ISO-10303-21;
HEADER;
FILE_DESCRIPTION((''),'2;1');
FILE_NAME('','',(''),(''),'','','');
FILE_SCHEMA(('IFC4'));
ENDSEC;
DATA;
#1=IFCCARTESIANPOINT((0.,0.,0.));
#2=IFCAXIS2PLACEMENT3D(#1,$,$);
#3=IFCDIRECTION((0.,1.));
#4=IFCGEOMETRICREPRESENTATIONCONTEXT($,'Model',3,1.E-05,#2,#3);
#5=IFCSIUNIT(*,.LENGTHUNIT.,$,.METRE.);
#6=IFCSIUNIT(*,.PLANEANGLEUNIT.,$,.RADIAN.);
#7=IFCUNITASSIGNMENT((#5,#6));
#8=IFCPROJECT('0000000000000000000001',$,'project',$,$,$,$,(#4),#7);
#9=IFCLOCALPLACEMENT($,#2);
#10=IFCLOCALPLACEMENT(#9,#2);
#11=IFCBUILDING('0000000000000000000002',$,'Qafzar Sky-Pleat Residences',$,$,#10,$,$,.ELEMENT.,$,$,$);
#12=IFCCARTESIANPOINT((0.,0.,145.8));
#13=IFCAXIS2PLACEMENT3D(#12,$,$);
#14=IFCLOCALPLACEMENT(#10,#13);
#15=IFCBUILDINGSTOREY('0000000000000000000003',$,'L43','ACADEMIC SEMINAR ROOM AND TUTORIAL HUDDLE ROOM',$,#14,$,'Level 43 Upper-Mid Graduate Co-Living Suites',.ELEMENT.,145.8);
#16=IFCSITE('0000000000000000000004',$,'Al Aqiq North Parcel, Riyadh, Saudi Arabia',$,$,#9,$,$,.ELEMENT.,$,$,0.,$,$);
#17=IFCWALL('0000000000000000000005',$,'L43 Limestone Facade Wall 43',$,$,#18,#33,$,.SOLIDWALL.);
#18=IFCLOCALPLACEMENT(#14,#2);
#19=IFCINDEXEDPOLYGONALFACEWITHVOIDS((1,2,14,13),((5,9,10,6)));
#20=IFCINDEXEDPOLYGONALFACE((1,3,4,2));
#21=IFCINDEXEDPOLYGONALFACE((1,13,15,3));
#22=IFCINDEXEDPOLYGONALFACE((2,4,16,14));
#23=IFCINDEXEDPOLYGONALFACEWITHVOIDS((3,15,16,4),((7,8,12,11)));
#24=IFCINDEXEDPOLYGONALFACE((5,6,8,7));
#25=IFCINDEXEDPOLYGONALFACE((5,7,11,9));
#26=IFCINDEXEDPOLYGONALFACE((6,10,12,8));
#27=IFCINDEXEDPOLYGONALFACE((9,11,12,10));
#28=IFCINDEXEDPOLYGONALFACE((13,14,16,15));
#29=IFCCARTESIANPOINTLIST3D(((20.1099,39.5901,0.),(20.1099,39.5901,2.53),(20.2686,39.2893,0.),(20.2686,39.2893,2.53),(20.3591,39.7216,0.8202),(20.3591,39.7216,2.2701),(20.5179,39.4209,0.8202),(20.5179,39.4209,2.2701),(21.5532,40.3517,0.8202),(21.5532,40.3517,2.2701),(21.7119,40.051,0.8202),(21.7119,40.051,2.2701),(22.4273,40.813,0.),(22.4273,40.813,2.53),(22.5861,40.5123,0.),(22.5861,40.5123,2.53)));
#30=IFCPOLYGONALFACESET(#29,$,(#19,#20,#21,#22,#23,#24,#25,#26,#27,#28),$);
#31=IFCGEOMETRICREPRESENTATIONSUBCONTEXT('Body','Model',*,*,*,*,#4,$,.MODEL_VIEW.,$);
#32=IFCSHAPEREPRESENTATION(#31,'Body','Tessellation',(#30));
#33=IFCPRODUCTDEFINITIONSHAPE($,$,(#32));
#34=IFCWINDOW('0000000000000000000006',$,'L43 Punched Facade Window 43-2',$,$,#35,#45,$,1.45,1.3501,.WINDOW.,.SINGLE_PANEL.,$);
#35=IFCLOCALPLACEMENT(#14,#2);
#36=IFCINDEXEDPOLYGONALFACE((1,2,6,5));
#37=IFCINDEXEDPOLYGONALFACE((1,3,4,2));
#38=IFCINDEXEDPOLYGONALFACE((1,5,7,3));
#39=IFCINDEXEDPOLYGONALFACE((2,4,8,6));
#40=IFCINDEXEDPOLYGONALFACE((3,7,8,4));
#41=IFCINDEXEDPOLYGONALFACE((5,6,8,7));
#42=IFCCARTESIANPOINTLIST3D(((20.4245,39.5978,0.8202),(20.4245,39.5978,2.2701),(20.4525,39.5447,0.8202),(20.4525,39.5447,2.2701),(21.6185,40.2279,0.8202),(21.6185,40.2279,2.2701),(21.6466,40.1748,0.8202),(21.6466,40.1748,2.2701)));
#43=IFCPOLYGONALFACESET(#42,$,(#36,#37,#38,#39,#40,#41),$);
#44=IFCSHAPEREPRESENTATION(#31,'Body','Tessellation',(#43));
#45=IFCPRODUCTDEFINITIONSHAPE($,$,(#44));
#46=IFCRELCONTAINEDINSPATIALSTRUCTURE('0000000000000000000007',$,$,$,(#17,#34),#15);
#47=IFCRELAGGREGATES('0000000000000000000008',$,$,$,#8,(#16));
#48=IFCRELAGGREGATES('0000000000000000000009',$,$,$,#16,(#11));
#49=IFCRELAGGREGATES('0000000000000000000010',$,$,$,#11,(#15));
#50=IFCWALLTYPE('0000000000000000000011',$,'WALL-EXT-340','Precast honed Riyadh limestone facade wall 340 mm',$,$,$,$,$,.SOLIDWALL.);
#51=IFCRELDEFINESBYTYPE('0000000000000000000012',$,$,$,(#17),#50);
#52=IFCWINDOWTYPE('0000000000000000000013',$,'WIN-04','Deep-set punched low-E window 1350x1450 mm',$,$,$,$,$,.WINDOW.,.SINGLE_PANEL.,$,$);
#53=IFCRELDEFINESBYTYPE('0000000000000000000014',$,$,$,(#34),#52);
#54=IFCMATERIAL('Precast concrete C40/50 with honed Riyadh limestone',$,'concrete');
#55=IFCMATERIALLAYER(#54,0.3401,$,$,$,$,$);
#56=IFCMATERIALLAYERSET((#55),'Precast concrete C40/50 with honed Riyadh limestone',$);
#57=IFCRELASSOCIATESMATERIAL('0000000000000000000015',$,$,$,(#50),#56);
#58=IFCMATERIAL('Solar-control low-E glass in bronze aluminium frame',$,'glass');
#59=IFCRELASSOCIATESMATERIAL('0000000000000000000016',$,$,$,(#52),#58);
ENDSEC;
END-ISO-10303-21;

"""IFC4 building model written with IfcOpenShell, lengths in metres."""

from ifc_helpers import new_model, si_unit, direction, frame, frame_2d, origin, place, context, subcontext, project, spatial, rectangle, extrude, source, transform, mapped, material, layer, layer_set, type_object, element, fill, save


model = new_model("IFC4")

# Units and contexts
model_context = context("Model", 3, precision=1e-05, world=origin(), true_north=direction((0.0, 1.0)))
body_context = subcontext(model_context, "Body", "Model", "MODEL_VIEW")
ifc_project = project(units=[si_unit("LENGTHUNIT", "METRE"), si_unit("PLANEANGLEUNIT", "RADIAN")], contexts=[model_context])

# Site, building, storey
site_placement = place(None, origin())
site = spatial("IfcSite", under=ifc_project, at=site_placement, Name="Al Aqiq North Parcel, Riyadh, Saudi Arabia", CompositionType="ELEMENT", RefElevation=0.0)
building_placement = place(site_placement, origin())
building = spatial("IfcBuilding", under=site, at=building_placement, Name="Qafzar Sky-Pleat Residences", CompositionType="ELEMENT")
storey_placement = place(building_placement, frame((0.0, 0.0, 145.8)))
storey = spatial("IfcBuildingStorey", under=building, at=storey_placement, Name="L43", Description="ACADEMIC SEMINAR ROOM AND TUTORIAL HUDDLE ROOM", LongName="Level 43 Upper-Mid Graduate Co-Living Suites", CompositionType="ELEMENT", Elevation=145.8)

# Wall, opening, window
ifc_material_1 = material(Name="Precast concrete C40/50 with honed Riyadh limestone", Category="concrete")
ifc_layer_1 = layer(ifc_material_1, 0.3401)
ifc_layer_set_1 = layer_set([ifc_layer_1], Name="Precast concrete C40/50 with honed Riyadh limestone")
wall_type_1 = type_object("IfcWallType", Name="WALL-EXT-340", Description="Precast honed Riyadh limestone facade wall 340 mm", PredefinedType="SOLIDWALL", material=ifc_layer_set_1)
ifc_material_2 = material(Name="Solar-control low-E glass in bronze aluminium frame", Category="glass")
window_type_1 = type_object("IfcWindowType", Name="WIN-04", Description="Deep-set punched low-E window 1350x1450 mm", PartitioningType="SINGLE_PANEL", PredefinedType="WINDOW", material=ifc_material_2)
shared_shape_1 = source(origin(), body_context, "Body", "SweptSolid", [
    extrude(rectangle(XDim=1.3501, YDim=1.45, at=frame_2d((0.675, 0.7251))), frame((0.0, 0.03, 0.0), z_axis=(0.0, -1.0, 0.0), x_axis=(1.0, 0.0, 0.0)), (0.0, 0.0, 1.0), 0.0601),
])
wall_1_placement = place(storey_placement, frame((22.5066, 40.6626, 0.0), z_axis=(0.0, 0.0, 1.0), x_axis=(-0.88441, -0.46671, 0.0)))
wall_1 = element("IfcWall", 1, at=wall_1_placement, inside=storey, type_object=wall_type_1, Name="L43 Limestone Facade Wall 43", PredefinedType="SOLIDWALL", context=body_context, shape_type="SweptSolid", body=[
    extrude(rectangle(XDim=2.6204, YDim=0.3401, at=frame_2d((1.3101, 0.0))), origin(), (0.0, 0.0, 1.0), 2.53),
])
opening_1_placement = place(wall_1_placement, frame((0.9883, 0.0, 0.8201)))
opening_1 = element("IfcOpeningElement", 2, at=opening_1_placement, cuts=wall_1, PredefinedType="OPENING", context=body_context, shape_type="SweptSolid", body=[
    extrude(rectangle(XDim=1.3501, YDim=1.45, at=frame_2d((0.675, 0.7251))), frame((0.0, 0.1802, 0.0), z_axis=(0.0, -1.0, 0.0), x_axis=(1.0, 0.0, 0.0)), (0.0, 0.0, 1.0), 0.3601),
])
window_1_placement = place(opening_1_placement, origin())
window_1 = element("IfcWindow", 3, at=window_1_placement, inside=storey, type_object=window_type_1, Name="L43 Punched Facade Window 43-2", OverallHeight=1.45, OverallWidth=1.3501, PartitioningType="SINGLE_PANEL", PredefinedType="WINDOW", context=body_context, shape_type="MappedRepresentation", body=[
    mapped(shared_shape_1, transform((0.0, 0.0, 0.0), x_axis=(1.0, 0.0, 0.0), y_axis=(0.0, 1.0, 0.0), z_axis=(0.0, 0.0, 1.0), scale=1.0)),
])
fill(opening_1, window_1)

save(model, "model.ifc")
